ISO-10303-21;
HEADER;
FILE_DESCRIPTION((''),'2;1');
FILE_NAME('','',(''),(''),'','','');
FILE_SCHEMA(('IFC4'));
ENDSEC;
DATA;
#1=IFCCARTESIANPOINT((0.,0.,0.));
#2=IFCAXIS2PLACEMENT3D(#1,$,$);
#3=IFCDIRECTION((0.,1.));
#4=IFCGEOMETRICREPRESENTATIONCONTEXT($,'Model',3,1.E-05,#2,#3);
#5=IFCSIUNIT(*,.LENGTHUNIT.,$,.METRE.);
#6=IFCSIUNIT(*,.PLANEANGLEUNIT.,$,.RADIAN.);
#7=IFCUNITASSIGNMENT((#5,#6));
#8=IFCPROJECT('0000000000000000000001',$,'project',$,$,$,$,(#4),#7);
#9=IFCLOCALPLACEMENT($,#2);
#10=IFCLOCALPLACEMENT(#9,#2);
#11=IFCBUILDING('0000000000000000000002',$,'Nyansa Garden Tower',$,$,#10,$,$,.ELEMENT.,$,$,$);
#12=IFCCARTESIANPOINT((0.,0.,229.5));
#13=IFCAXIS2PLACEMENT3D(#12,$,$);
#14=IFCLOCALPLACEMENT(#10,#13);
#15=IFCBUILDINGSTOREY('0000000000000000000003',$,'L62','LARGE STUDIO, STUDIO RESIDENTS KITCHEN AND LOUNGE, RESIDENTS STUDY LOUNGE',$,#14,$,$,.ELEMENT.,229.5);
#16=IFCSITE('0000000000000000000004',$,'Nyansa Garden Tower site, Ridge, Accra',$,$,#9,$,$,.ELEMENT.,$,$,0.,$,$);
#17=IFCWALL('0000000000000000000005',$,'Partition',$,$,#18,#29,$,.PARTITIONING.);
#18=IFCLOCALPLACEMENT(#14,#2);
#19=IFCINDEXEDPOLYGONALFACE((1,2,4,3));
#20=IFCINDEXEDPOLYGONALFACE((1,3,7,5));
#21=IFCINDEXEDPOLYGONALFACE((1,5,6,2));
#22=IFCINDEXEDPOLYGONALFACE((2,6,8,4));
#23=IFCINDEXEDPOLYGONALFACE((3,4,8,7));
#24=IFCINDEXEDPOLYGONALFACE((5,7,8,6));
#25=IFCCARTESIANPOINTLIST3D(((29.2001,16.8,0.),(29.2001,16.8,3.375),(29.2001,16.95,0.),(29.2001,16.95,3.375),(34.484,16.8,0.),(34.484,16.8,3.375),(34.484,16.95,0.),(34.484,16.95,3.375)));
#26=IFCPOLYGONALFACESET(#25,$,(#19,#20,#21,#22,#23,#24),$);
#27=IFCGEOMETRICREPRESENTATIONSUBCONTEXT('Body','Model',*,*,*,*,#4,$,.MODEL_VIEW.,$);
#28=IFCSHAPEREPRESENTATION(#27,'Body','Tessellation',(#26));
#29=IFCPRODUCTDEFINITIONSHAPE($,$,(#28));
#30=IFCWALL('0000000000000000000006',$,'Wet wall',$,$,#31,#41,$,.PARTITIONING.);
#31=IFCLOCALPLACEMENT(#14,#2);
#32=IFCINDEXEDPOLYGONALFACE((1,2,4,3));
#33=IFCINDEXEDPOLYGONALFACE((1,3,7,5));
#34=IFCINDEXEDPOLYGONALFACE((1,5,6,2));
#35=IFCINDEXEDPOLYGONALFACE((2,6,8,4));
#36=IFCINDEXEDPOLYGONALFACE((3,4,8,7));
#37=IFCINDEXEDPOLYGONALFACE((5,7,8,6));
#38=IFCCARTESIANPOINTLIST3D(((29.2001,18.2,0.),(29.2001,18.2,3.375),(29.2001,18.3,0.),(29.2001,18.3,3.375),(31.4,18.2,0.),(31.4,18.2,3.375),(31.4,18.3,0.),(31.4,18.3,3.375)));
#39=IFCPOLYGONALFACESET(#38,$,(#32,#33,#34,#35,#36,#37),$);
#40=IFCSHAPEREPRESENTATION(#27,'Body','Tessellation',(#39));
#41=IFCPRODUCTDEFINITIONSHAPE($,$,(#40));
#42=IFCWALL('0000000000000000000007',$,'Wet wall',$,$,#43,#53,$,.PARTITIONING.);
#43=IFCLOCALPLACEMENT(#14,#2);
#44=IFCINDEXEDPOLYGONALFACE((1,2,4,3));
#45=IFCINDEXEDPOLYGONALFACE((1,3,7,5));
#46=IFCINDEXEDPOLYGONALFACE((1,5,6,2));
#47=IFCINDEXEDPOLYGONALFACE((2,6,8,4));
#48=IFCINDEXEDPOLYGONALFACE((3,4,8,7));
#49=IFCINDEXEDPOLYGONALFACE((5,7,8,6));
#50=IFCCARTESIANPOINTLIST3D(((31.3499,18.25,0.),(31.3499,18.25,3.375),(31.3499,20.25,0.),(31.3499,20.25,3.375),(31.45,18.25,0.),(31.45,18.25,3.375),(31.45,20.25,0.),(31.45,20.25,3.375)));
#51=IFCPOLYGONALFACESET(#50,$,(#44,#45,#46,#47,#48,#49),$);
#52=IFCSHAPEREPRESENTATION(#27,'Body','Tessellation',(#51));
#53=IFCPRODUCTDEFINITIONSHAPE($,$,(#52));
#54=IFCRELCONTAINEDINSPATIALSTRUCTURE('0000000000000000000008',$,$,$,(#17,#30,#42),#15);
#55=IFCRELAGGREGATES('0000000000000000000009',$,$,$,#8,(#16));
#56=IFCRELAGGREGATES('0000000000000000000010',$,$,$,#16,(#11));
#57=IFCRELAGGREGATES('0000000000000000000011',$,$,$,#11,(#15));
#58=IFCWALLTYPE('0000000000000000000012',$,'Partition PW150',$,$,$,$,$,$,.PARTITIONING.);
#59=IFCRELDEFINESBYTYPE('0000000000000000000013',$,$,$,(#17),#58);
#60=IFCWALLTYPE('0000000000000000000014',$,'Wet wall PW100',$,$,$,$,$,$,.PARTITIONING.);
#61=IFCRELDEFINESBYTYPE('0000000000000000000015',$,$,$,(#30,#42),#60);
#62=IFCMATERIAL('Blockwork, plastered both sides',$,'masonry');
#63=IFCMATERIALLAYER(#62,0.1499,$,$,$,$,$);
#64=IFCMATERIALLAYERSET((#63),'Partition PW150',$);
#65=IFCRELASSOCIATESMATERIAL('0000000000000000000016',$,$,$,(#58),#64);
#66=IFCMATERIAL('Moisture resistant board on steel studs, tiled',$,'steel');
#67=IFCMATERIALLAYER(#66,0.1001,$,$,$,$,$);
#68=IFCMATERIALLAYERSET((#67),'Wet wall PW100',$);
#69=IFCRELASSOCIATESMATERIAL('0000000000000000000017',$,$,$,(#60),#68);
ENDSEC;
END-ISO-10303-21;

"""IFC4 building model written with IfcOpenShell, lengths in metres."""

from ifc_helpers import new_model, si_unit, direction, frame, frame_2d, origin, place, context, subcontext, project, spatial, rectangle, extrude, material, layer, layer_set, type_object, element, save


model = new_model("IFC4")

# Units and contexts
model_context = context("Model", 3, precision=1e-05, world=origin(), true_north=direction((0.0, 1.0)))
body_context = subcontext(model_context, "Body", "Model", "MODEL_VIEW")
ifc_project = project(units=[si_unit("LENGTHUNIT", "METRE"), si_unit("PLANEANGLEUNIT", "RADIAN")], contexts=[model_context])

# Site, building, storey
site_placement = place(None, origin())
site = spatial("IfcSite", under=ifc_project, at=site_placement, Name="Nyansa Garden Tower site, Ridge, Accra", CompositionType="ELEMENT", RefElevation=0.0)
building_placement = place(site_placement, origin())
building = spatial("IfcBuilding", under=site, at=building_placement, Name="Nyansa Garden Tower", CompositionType="ELEMENT")
storey_placement = place(building_placement, frame((0.0, 0.0, 229.5)))
storey = spatial("IfcBuildingStorey", under=building, at=storey_placement, Name="L62", Description="LARGE STUDIO, STUDIO RESIDENTS KITCHEN AND LOUNGE, RESIDENTS STUDY LOUNGE", CompositionType="ELEMENT", Elevation=229.5)

# Walls
ifc_material_1 = material(Name="Blockwork, plastered both sides", Category="masonry")
ifc_layer_1 = layer(ifc_material_1, 0.1499)
ifc_layer_set_1 = layer_set([ifc_layer_1], Name="Partition PW150")
wall_type_1 = type_object("IfcWallType", Name="Partition PW150", PredefinedType="PARTITIONING", material=ifc_layer_set_1)
wall_1_placement = place(storey_placement, frame((29.2, 16.875, 0.0), z_axis=(0.0, 0.0, 1.0), x_axis=(1.0, 0.0, 0.0)))
element("IfcWall", 1, at=wall_1_placement, inside=storey, type_object=wall_type_1, Name="Partition", PredefinedType="PARTITIONING", context=body_context, shape_type="SweptSolid", body=[
    extrude(rectangle(XDim=5.2839, YDim=0.1499, at=frame_2d((2.6421, 0.0))), origin(), (0.0, 0.0, 1.0), 3.375),
])
ifc_material_2 = material(Name="Moisture resistant board on steel studs, tiled", Category="steel")
ifc_layer_2 = layer(ifc_material_2, 0.1001)
ifc_layer_set_2 = layer_set([ifc_layer_2], Name="Wet wall PW100")
wall_type_2 = type_object("IfcWallType", Name="Wet wall PW100", PredefinedType="PARTITIONING", material=ifc_layer_set_2)
wall_2_placement = place(storey_placement, frame((29.2, 18.25, 0.0), z_axis=(0.0, 0.0, 1.0), x_axis=(1.0, 0.0, 0.0)))
element("IfcWall", 2, at=wall_2_placement, inside=storey, type_object=wall_type_2, Name="Wet wall", PredefinedType="PARTITIONING", context=body_context, shape_type="SweptSolid", body=[
    extrude(rectangle(XDim=2.2, YDim=0.1001, at=frame_2d((1.1001, 0.0))), origin(), (0.0, 0.0, 1.0), 3.375),
])
wall_3_placement = place(storey_placement, frame((31.3999, 18.25, 0.0), z_axis=(0.0, 0.0, 1.0), x_axis=(0.0, 1.0, 0.0)))
element("IfcWall", 3, at=wall_3_placement, inside=storey, type_object=wall_type_2, Name="Wet wall", PredefinedType="PARTITIONING", context=body_context, shape_type="SweptSolid", body=[
    extrude(rectangle(XDim=2.0, YDim=0.1001, at=frame_2d((1.0, 0.0))), origin(), (0.0, 0.0, 1.0), 3.375),
])

save(model, "model.ifc")
